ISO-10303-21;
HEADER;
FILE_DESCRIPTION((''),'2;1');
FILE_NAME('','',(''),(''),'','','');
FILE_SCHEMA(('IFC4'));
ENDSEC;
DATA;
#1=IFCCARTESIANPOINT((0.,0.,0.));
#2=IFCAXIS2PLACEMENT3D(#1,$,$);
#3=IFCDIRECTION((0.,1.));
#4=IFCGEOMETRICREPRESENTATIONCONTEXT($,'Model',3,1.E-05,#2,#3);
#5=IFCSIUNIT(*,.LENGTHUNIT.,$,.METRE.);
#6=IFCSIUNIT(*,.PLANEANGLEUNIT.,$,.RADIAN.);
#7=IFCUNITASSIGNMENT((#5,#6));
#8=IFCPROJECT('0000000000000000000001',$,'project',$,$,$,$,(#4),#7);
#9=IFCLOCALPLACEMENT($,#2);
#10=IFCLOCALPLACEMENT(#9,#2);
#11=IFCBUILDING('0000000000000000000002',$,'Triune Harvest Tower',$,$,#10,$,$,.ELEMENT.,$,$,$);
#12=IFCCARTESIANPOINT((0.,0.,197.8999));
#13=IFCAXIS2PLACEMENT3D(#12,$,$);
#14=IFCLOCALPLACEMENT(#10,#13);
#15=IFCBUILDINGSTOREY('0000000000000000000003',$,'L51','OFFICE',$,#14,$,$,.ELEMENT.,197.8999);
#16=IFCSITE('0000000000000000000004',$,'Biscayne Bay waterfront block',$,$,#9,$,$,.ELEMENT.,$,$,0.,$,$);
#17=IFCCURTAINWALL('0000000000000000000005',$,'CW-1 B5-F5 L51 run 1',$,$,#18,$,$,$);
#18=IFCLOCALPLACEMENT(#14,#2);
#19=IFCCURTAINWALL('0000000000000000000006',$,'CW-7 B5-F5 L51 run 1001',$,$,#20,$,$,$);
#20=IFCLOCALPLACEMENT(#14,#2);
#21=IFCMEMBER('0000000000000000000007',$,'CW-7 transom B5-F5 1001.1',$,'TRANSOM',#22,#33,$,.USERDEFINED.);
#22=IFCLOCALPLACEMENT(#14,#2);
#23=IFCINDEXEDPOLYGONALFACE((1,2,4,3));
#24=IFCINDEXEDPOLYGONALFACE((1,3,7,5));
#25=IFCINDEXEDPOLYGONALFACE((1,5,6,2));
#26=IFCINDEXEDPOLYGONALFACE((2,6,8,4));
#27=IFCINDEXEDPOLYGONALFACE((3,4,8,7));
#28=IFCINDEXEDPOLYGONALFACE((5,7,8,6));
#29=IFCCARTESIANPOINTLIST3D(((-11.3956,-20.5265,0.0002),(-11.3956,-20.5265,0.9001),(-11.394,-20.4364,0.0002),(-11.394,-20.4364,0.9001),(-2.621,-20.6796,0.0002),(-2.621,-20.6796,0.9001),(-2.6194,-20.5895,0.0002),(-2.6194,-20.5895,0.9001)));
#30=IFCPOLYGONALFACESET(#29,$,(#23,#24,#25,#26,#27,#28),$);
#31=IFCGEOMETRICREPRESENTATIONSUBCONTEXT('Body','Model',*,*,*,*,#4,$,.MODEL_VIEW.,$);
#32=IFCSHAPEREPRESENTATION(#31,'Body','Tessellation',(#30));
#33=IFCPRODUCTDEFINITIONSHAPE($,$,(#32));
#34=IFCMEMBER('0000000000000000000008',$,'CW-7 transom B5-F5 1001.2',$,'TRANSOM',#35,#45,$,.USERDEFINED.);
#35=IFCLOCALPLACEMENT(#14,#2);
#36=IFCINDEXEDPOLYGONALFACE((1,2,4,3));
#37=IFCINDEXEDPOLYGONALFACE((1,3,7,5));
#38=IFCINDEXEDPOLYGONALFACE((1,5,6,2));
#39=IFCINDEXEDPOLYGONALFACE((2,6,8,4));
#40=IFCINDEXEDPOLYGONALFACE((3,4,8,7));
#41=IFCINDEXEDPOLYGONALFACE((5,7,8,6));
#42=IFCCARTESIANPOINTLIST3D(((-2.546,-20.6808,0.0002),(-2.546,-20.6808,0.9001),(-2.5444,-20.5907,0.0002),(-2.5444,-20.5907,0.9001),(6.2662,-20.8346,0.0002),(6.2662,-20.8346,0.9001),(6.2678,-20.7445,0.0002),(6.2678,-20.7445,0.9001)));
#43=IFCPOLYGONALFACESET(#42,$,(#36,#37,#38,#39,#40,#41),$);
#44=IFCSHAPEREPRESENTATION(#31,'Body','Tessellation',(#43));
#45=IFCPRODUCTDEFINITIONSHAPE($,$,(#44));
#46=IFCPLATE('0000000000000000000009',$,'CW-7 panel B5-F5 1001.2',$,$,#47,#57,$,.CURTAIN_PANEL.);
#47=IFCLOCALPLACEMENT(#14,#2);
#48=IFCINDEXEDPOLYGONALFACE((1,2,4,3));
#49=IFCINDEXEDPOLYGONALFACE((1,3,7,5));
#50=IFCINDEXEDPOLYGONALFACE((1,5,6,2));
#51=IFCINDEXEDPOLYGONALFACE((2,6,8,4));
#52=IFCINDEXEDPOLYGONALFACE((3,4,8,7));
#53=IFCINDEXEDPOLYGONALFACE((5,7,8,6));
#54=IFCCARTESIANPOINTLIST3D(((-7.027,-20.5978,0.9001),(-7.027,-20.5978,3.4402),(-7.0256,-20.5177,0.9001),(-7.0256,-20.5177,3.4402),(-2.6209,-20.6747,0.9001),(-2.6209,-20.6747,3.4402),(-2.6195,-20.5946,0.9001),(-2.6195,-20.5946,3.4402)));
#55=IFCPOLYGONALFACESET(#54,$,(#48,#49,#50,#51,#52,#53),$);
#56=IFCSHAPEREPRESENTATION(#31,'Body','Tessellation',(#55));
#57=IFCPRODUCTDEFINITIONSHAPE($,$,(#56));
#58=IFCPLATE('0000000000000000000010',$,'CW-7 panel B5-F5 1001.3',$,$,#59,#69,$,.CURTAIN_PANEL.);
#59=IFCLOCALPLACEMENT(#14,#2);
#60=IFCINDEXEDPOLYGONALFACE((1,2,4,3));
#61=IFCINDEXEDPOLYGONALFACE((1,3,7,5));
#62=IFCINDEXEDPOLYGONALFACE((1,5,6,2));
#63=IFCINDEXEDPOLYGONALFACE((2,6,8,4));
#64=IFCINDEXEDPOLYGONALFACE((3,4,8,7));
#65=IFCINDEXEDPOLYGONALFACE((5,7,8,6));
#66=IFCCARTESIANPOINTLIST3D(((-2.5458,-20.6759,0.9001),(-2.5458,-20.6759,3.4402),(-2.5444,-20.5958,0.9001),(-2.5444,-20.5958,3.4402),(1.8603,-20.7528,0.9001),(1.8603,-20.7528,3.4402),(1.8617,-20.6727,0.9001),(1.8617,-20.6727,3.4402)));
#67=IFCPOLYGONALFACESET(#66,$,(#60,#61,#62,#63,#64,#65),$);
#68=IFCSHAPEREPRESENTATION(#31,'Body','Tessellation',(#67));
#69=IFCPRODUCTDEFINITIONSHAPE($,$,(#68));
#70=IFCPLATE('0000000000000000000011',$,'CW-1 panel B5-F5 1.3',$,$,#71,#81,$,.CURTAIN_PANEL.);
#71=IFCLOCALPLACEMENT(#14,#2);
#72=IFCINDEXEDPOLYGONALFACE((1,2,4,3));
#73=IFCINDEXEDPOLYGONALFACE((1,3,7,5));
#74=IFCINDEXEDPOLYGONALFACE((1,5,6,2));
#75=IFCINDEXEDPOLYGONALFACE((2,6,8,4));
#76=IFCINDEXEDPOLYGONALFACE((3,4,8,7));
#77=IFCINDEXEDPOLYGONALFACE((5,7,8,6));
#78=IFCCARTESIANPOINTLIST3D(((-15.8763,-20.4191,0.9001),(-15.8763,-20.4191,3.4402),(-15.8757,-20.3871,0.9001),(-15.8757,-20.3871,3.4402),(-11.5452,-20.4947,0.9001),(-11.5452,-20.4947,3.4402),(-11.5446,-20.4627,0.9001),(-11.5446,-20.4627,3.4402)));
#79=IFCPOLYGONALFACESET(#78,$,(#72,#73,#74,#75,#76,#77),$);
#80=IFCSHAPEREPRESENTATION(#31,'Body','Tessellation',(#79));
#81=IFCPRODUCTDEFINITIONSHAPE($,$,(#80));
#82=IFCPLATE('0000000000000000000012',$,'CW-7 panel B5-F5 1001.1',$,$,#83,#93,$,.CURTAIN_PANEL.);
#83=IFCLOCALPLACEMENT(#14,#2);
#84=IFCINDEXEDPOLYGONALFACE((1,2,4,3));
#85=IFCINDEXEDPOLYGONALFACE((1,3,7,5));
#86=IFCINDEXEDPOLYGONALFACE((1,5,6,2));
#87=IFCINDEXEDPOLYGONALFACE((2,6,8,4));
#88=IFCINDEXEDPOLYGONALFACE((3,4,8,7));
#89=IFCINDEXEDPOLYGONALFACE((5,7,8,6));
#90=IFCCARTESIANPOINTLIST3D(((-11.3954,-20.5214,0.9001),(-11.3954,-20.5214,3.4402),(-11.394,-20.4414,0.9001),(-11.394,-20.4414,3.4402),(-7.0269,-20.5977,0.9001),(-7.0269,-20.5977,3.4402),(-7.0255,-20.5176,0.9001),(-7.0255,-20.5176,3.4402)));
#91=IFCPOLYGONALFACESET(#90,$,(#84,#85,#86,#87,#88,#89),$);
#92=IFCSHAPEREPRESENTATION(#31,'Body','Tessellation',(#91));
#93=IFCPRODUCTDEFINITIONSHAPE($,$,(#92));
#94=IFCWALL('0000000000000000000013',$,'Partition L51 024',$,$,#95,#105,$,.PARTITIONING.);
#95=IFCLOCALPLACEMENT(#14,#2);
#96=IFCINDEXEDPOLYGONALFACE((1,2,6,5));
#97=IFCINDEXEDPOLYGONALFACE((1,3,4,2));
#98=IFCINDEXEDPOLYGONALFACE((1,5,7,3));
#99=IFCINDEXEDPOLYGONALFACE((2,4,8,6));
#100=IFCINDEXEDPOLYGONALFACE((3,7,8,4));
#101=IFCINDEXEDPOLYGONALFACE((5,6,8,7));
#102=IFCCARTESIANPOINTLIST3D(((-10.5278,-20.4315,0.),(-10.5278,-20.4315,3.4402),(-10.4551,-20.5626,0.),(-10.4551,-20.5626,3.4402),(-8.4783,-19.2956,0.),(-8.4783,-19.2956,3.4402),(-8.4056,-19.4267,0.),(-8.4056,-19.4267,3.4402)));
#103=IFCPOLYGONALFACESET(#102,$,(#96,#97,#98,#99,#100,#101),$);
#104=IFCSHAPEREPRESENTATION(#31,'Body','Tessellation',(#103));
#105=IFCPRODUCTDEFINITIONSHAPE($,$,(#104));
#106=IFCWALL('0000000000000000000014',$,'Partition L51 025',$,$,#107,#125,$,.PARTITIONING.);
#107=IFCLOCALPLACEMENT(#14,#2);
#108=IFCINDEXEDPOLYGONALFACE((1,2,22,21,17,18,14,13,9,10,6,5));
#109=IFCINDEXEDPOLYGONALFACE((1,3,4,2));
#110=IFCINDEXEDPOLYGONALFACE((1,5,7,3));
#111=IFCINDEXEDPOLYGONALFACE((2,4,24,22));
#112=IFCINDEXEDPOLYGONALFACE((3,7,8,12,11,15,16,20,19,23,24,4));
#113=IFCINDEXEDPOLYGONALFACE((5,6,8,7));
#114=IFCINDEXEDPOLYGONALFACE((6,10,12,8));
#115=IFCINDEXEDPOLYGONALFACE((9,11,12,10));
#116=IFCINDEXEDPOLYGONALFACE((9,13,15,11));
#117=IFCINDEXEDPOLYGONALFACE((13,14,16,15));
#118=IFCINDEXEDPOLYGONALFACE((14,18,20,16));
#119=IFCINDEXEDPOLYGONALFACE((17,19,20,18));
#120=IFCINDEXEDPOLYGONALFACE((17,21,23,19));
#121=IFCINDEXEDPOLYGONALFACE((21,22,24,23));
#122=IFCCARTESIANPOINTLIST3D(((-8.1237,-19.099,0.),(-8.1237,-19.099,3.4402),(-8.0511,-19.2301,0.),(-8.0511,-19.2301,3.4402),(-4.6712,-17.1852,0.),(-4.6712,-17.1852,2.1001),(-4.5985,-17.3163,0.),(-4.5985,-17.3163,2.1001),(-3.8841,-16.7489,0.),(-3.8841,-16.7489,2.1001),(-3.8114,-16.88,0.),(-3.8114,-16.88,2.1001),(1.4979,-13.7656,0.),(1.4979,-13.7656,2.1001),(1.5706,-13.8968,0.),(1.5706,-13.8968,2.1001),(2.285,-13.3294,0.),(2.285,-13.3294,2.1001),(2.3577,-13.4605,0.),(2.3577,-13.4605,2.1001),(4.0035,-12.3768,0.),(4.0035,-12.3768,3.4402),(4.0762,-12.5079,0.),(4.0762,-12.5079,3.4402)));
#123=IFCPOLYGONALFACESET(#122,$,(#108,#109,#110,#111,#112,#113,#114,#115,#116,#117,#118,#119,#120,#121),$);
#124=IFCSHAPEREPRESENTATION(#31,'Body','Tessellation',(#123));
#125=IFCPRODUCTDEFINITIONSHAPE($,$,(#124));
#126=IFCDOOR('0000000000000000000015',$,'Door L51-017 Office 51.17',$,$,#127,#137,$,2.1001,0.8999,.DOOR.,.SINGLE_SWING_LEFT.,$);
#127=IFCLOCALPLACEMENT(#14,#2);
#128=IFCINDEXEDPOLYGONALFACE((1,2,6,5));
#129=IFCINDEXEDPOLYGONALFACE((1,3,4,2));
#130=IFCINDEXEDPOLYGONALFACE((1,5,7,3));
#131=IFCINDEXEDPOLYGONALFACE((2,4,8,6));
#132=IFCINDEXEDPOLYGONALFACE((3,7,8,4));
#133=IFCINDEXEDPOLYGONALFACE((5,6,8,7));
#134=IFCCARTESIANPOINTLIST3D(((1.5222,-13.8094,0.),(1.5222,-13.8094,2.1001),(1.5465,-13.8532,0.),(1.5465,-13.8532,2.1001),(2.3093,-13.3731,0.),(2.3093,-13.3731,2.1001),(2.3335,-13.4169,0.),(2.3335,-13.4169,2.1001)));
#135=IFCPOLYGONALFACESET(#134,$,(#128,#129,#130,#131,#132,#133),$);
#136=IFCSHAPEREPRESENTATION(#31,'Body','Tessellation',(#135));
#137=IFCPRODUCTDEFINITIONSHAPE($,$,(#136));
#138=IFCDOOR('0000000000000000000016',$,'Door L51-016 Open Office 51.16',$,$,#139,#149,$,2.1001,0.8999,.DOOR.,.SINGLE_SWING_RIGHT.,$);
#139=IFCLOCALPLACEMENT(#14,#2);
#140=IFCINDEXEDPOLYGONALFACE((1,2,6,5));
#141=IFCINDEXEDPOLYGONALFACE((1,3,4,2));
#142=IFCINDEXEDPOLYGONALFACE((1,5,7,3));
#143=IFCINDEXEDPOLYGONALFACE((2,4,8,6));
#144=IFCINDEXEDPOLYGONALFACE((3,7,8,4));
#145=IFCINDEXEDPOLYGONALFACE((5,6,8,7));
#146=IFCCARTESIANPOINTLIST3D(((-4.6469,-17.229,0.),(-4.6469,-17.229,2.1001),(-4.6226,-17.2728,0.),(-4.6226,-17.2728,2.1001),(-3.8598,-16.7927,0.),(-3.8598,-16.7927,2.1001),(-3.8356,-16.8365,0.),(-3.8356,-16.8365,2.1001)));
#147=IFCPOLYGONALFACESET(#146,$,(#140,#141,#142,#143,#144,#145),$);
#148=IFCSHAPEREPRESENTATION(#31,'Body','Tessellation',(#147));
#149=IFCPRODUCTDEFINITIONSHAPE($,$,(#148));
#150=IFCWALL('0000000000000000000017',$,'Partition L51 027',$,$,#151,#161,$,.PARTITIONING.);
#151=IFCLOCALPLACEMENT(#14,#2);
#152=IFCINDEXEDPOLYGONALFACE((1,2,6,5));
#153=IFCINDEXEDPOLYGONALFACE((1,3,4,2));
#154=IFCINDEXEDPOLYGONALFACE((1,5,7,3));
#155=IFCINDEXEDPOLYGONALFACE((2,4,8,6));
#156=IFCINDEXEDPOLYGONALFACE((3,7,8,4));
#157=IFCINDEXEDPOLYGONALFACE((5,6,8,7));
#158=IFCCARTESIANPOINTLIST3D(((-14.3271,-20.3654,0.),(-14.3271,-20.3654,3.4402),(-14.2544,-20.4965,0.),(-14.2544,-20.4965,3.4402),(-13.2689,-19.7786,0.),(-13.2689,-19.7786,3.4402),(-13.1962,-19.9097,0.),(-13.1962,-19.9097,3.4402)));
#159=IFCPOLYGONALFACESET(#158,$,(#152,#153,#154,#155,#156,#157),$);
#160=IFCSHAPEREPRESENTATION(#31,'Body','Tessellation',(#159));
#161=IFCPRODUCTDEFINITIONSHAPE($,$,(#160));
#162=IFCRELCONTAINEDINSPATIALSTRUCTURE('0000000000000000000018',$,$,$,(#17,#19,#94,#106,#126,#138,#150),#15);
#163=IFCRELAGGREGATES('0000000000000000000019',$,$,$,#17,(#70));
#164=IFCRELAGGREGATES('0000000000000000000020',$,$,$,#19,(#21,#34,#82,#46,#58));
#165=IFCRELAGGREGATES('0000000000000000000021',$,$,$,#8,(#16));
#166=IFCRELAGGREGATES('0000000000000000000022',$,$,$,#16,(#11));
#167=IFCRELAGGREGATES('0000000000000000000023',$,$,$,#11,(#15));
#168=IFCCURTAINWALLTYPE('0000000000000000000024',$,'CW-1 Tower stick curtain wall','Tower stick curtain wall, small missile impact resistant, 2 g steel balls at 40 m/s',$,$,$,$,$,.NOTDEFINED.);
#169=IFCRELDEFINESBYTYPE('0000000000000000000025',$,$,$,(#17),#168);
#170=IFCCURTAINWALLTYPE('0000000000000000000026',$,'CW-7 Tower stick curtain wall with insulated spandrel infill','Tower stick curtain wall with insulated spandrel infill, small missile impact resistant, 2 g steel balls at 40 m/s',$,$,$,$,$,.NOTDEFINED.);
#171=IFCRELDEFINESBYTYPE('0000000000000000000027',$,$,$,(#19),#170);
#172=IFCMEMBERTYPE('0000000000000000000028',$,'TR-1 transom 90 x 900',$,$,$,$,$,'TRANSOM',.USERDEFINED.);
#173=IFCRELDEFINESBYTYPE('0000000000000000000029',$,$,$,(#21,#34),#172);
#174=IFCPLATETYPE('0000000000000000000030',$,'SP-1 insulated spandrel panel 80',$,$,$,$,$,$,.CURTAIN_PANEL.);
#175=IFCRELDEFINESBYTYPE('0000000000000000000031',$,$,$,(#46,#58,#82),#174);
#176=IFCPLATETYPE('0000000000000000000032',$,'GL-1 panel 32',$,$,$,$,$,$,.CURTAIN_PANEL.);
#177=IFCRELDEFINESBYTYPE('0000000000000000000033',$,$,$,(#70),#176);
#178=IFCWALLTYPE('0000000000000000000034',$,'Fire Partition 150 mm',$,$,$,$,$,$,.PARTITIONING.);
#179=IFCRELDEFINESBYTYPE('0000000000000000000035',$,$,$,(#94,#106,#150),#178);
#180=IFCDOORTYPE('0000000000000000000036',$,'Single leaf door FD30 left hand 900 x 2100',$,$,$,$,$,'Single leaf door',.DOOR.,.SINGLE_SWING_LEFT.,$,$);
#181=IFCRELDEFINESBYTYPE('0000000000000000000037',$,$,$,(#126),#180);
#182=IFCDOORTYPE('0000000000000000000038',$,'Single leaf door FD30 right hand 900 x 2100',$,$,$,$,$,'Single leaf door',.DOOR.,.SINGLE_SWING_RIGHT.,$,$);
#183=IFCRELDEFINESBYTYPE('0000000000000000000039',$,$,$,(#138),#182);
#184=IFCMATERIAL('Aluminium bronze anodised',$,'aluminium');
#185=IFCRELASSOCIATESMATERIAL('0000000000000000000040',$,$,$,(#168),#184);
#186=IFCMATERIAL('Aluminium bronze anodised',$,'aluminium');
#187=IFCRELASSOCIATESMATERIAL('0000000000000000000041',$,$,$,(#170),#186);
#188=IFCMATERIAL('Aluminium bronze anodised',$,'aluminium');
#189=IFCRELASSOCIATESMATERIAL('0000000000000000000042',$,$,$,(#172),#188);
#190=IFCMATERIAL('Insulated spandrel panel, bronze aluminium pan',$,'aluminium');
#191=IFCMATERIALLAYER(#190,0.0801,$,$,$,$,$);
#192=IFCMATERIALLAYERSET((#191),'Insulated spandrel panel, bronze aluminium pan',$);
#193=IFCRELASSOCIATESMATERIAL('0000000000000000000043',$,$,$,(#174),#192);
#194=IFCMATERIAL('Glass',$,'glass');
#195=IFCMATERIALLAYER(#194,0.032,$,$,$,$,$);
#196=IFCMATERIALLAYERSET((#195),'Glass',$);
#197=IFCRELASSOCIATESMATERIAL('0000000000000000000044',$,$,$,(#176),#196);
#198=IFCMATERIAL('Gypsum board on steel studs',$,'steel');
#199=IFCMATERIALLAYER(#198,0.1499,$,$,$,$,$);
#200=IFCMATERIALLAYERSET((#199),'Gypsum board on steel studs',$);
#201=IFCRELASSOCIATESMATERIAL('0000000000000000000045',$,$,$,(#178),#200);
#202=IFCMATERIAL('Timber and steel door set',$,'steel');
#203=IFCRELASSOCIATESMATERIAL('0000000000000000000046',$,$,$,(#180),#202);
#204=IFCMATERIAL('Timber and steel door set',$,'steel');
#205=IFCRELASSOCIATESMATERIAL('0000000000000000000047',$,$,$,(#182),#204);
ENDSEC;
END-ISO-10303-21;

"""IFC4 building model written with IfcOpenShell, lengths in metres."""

from ifc_helpers import new_model, si_unit, direction, frame, frame_2d, origin, origin_2d, place, context, subcontext, project, spatial, rectangle, extrude, source, transform, mapped, material, layer, layer_set, material_profile, profile_set, type_object, element, fill, aggregate, save


model = new_model("IFC4")

# Units and contexts
model_context = context("Model", 3, precision=1e-05, world=origin(), true_north=direction((0.0, 1.0)))
body_context = subcontext(model_context, "Body", "Model", "MODEL_VIEW")
ifc_project = project(units=[si_unit("LENGTHUNIT", "METRE"), si_unit("PLANEANGLEUNIT", "RADIAN")], contexts=[model_context])

# Site, building, storey
site_placement = place(None, origin())
site = spatial("IfcSite", under=ifc_project, at=site_placement, Name="Biscayne Bay waterfront block", CompositionType="ELEMENT", RefElevation=0.0)
building_placement = place(site_placement, origin())
building = spatial("IfcBuilding", under=site, at=building_placement, Name="Triune Harvest Tower", CompositionType="ELEMENT")
storey_placement = place(building_placement, frame((0.0, 0.0, 197.8999)))
storey = spatial("IfcBuildingStorey", under=building, at=storey_placement, Name="L51", Description="OFFICE", CompositionType="ELEMENT", Elevation=197.8999)

# Curtain wall
ifc_material_1 = material(Name="Aluminium bronze anodised", Category="aluminium")
curtain_wall_type_1 = type_object("IfcCurtainWallType", Name="CW-1 Tower stick curtain wall", Description="Tower stick curtain wall, small missile impact resistant, 2 g steel balls at 40 m/s", PredefinedType="NOTDEFINED", material=ifc_material_1)
curtain_wall_1_placement = place(storey_placement, origin())
curtain_wall_1 = element("IfcCurtainWall", 1, at=curtain_wall_1_placement, inside=storey, type_object=curtain_wall_type_1, Name="CW-1 B5-F5 L51 run 1")

# Curtain wall, members, plates
ifc_material_2 = material(Name="Aluminium bronze anodised", Category="aluminium")
curtain_wall_type_2 = type_object("IfcCurtainWallType", Name="CW-7 Tower stick curtain wall with insulated spandrel infill", Description="Tower stick curtain wall with insulated spandrel infill, small missile impact resistant, 2 g steel balls at 40 m/s", PredefinedType="NOTDEFINED", material=ifc_material_2)
curtain_wall_2_placement = place(storey_placement, origin())
curtain_wall_2 = element("IfcCurtainWall", 2, at=curtain_wall_2_placement, inside=storey, type_object=curtain_wall_type_2, Name="CW-7 B5-F5 L51 run 1001")
ifc_material_3 = material(Name="Aluminium bronze anodised", Category="aluminium")
ifc_material_profile_1 = material_profile(ifc_material_3, rectangle(XDim=0.0901, YDim=0.8999, at=origin_2d()), Name="TR-1 transom 90 x 900")
ifc_profile_set_1 = profile_set([ifc_material_profile_1], Name="Aluminium bronze anodised")
member_type_1 = type_object("IfcMemberType", Name="TR-1 transom 90 x 900", ElementType="TRANSOM", PredefinedType="USERDEFINED", material=ifc_profile_set_1)
shared_shape_1 = source(origin(), body_context, "Body", "SweptSolid", [
    extrude(rectangle(XDim=0.0901, YDim=0.8999, at=origin_2d()), origin(), (0.0, 0.0, 1.0), 8.7759),
])
member_1_placement = place(storey_placement, frame((-11.3948, -20.4814, 0.4502), z_axis=(0.999848, -0.017443, 0.0), x_axis=(0.017443, 0.999848, 0.0)))
member_1 = element("IfcMember", 3, at=member_1_placement, type_object=member_type_1, Name="CW-7 transom B5-F5 1001.1", ObjectType="TRANSOM", PredefinedType="USERDEFINED", context=body_context, shape_type="MappedRepresentation", body=[
    mapped(shared_shape_1, transform((0.0, 0.0, 0.0), scale=1.0)),
])
shared_shape_2 = source(origin(), body_context, "Body", "SweptSolid", [
    extrude(rectangle(XDim=0.0901, YDim=0.8999, at=origin_2d()), origin(), (0.0, 0.0, 1.0), 8.8135),
])
member_2_placement = place(storey_placement, frame((-2.5452, -20.6357, 0.4502), z_axis=(0.999848, -0.017451, 0.0), x_axis=(0.017451, 0.999848, 0.0)))
member_2 = element("IfcMember", 4, at=member_2_placement, type_object=member_type_1, Name="CW-7 transom B5-F5 1001.2", ObjectType="TRANSOM", PredefinedType="USERDEFINED", context=body_context, shape_type="MappedRepresentation", body=[
    mapped(shared_shape_2, transform((0.0, 0.0, 0.0), scale=1.0)),
])
ifc_material_4 = material(Name="Insulated spandrel panel, bronze aluminium pan", Category="aluminium")
ifc_layer_1 = layer(ifc_material_4, 0.0801)
ifc_layer_set_1 = layer_set([ifc_layer_1], Name="Insulated spandrel panel, bronze aluminium pan")
plate_type_1 = type_object("IfcPlateType", Name="SP-1 insulated spandrel panel 80", PredefinedType="CURTAIN_PANEL", material=ifc_layer_set_1)
shared_shape_3 = source(origin(), body_context, "Body", "SweptSolid", [
    extrude(rectangle(XDim=4.4067, YDim=0.0801, at=origin_2d()), origin(), (0.0, 0.0, 1.0), 2.54),
])
plate_1_placement = place(storey_placement, frame((-4.8232, -20.5962, 0.9001), z_axis=(0.0, 0.0, 1.0), x_axis=(0.999848, -0.017447, 0.0)))
plate_1 = element("IfcPlate", 5, at=plate_1_placement, type_object=plate_type_1, Name="CW-7 panel B5-F5 1001.2", PredefinedType="CURTAIN_PANEL", context=body_context, shape_type="MappedRepresentation", body=[
    mapped(shared_shape_3, transform((0.0, 0.0, 0.0), scale=1.0)),
])
plate_2_placement = place(storey_placement, frame((-0.342, -20.6743, 0.9001), z_axis=(0.0, 0.0, 1.0), x_axis=(0.999848, -0.017447, 0.0)))
plate_2 = element("IfcPlate", 6, at=plate_2_placement, type_object=plate_type_1, Name="CW-7 panel B5-F5 1001.3", PredefinedType="CURTAIN_PANEL", context=body_context, shape_type="MappedRepresentation", body=[
    mapped(shared_shape_3, transform((0.0, 0.0, 0.0), scale=1.0)),
])

# Plates
ifc_material_5 = material(Name="Glass", Category="glass")
ifc_layer_2 = layer(ifc_material_5, 0.032)
ifc_layer_set_2 = layer_set([ifc_layer_2], Name="Glass")
plate_type_2 = type_object("IfcPlateType", Name="GL-1 panel 32", PredefinedType="CURTAIN_PANEL", material=ifc_layer_set_2)
shared_shape_4 = source(origin(), body_context, "Body", "SweptSolid", [
    extrude(rectangle(XDim=4.3318, YDim=0.032, at=origin_2d()), origin(), (0.0, 0.0, 1.0), 2.54),
])
plate_3_placement = place(storey_placement, frame((-13.7104, -20.4409, 0.9001), z_axis=(0.0, 0.0, 1.0), x_axis=(0.999848, -0.017455, 0.0)))
plate_3 = element("IfcPlate", 7, at=plate_3_placement, type_object=plate_type_2, Name="CW-1 panel B5-F5 1.3", PredefinedType="CURTAIN_PANEL", context=body_context, shape_type="MappedRepresentation", body=[
    mapped(shared_shape_4, transform((0.0, 0.0, 0.0), scale=1.0)),
])
aggregate(curtain_wall_1, [plate_3])
shared_shape_5 = source(origin(), body_context, "Body", "SweptSolid", [
    extrude(rectangle(XDim=4.3691, YDim=0.0801, at=origin_2d()), origin(), (0.0, 0.0, 1.0), 2.54),
])
plate_4_placement = place(storey_placement, frame((-9.2104, -20.5195, 0.9001), z_axis=(0.0, 0.0, 1.0), x_axis=(0.999848, -0.017447, 0.0)))
plate_4 = element("IfcPlate", 8, at=plate_4_placement, type_object=plate_type_1, Name="CW-7 panel B5-F5 1001.1", PredefinedType="CURTAIN_PANEL", context=body_context, shape_type="MappedRepresentation", body=[
    mapped(shared_shape_5, transform((0.0, 0.0, 0.0), scale=1.0)),
])
aggregate(curtain_wall_2, [member_1, member_2, plate_4, plate_1, plate_2])

# Wall
ifc_material_6 = material(Name="Gypsum board on steel studs", Category="steel")
ifc_layer_3 = layer(ifc_material_6, 0.1499)
ifc_layer_set_3 = layer_set([ifc_layer_3], Name="Gypsum board on steel studs")
wall_type_1 = type_object("IfcWallType", Name="Fire Partition 150 mm", PredefinedType="PARTITIONING", material=ifc_layer_set_3)
wall_1_placement = place(storey_placement, frame((-10.4915, -20.4971, 0.0), z_axis=(0.0, 0.0, 1.0), x_axis=(0.874638, 0.484776, 0.0)))
element("IfcWall", 9, at=wall_1_placement, inside=storey, type_object=wall_type_1, Name="Partition L51 024", PredefinedType="PARTITIONING", context=body_context, shape_type="SweptSolid", body=[
    extrude(rectangle(XDim=2.3433, YDim=0.1499, at=frame_2d((1.1716, 0.0))), origin(), (0.0, 0.0, 1.0), 3.4402),
])

# Wall, openings, doors
wall_2_placement = place(storey_placement, frame((-8.0874, -19.1646, 0.0), z_axis=(0.0, 0.0, 1.0), x_axis=(0.874621, 0.484807, 0.0)))
wall_2 = element("IfcWall", 10, at=wall_2_placement, inside=storey, type_object=wall_type_1, Name="Partition L51 025", PredefinedType="PARTITIONING", context=body_context, shape_type="SweptSolid", body=[
    extrude(rectangle(XDim=13.8657, YDim=0.1499, at=frame_2d((6.9329, 0.0))), origin(), (0.0, 0.0, 1.0), 3.4402),
])
opening_1_placement = place(wall_2_placement, frame((3.9475, 0.0, 0.0)))
opening_1 = element("IfcOpeningElement", 11, at=opening_1_placement, cuts=wall_2, PredefinedType="OPENING", context=body_context, shape_type="SweptSolid", body=[
    extrude(rectangle(XDim=0.8999, YDim=2.1001, at=frame_2d((0.45, 1.05))), frame((0.0, 0.085, 0.0), z_axis=(0.0, -1.0, 0.0), x_axis=(1.0, 0.0, 0.0)), (0.0, 0.0, 1.0), 0.1699),
])
opening_2_placement = place(wall_2_placement, frame((11.001, 0.0, 0.0)))
opening_2 = element("IfcOpeningElement", 12, at=opening_2_placement, cuts=wall_2, PredefinedType="OPENING", context=body_context, shape_type="SweptSolid", body=[
    extrude(rectangle(XDim=0.8999, YDim=2.1001, at=frame_2d((0.45, 1.05))), frame((0.0, 0.085, 0.0), z_axis=(0.0, -1.0, 0.0), x_axis=(1.0, 0.0, 0.0)), (0.0, 0.0, 1.0), 0.1699),
])
ifc_material_7 = material(Name="Timber and steel door set", Category="steel")
door_type_1 = type_object("IfcDoorType", Name="Single leaf door FD30 left hand 900 x 2100", ElementType="Single leaf door", OperationType="SINGLE_SWING_LEFT", PredefinedType="DOOR", material=ifc_material_7)
door_1_placement = place(opening_2_placement, origin())
door_1 = element("IfcDoor", 13, at=door_1_placement, inside=storey, type_object=door_type_1, Name="Door L51-017 Office 51.17", OperationType="SINGLE_SWING_LEFT", OverallHeight=2.1001, OverallWidth=0.8999, PredefinedType="DOOR", context=body_context, shape_type="SweptSolid", body=[
    extrude(rectangle(XDim=0.8999, YDim=2.1001, at=frame_2d((0.45, 1.05))), frame((0.0, 0.0249, 0.0), z_axis=(0.0, -1.0, 0.0), x_axis=(1.0, 0.0, 0.0)), (0.0, 0.0, 1.0), 0.05),
])
fill(opening_2, door_1)
ifc_material_8 = material(Name="Timber and steel door set", Category="steel")
door_type_2 = type_object("IfcDoorType", Name="Single leaf door FD30 right hand 900 x 2100", ElementType="Single leaf door", OperationType="SINGLE_SWING_RIGHT", PredefinedType="DOOR", material=ifc_material_8)
door_2_placement = place(opening_1_placement, origin())
door_2 = element("IfcDoor", 14, at=door_2_placement, inside=storey, type_object=door_type_2, Name="Door L51-016 Open Office 51.16", OperationType="SINGLE_SWING_RIGHT", OverallHeight=2.1001, OverallWidth=0.8999, PredefinedType="DOOR", context=body_context, shape_type="SweptSolid", body=[
    extrude(rectangle(XDim=0.8999, YDim=2.1001, at=frame_2d((0.45, 1.05))), frame((0.0, 0.0249, 0.0), z_axis=(0.0, -1.0, 0.0), x_axis=(1.0, 0.0, 0.0)), (0.0, 0.0, 1.0), 0.05),
])
fill(opening_1, door_2)

# Wall
wall_3_placement = place(storey_placement, frame((-14.2908, -20.4309, 0.0), z_axis=(0.0, 0.0, 1.0), x_axis=(0.874566, 0.484906, 0.0)))
element("IfcWall", 15, at=wall_3_placement, inside=storey, type_object=wall_type_1, Name="Partition L51 027", PredefinedType="PARTITIONING", context=body_context, shape_type="SweptSolid", body=[
    extrude(rectangle(XDim=1.21, YDim=0.1499, at=frame_2d((0.605, 0.0))), origin(), (0.0, 0.0, 1.0), 3.4402),
])

save(model, "model.ifc")
